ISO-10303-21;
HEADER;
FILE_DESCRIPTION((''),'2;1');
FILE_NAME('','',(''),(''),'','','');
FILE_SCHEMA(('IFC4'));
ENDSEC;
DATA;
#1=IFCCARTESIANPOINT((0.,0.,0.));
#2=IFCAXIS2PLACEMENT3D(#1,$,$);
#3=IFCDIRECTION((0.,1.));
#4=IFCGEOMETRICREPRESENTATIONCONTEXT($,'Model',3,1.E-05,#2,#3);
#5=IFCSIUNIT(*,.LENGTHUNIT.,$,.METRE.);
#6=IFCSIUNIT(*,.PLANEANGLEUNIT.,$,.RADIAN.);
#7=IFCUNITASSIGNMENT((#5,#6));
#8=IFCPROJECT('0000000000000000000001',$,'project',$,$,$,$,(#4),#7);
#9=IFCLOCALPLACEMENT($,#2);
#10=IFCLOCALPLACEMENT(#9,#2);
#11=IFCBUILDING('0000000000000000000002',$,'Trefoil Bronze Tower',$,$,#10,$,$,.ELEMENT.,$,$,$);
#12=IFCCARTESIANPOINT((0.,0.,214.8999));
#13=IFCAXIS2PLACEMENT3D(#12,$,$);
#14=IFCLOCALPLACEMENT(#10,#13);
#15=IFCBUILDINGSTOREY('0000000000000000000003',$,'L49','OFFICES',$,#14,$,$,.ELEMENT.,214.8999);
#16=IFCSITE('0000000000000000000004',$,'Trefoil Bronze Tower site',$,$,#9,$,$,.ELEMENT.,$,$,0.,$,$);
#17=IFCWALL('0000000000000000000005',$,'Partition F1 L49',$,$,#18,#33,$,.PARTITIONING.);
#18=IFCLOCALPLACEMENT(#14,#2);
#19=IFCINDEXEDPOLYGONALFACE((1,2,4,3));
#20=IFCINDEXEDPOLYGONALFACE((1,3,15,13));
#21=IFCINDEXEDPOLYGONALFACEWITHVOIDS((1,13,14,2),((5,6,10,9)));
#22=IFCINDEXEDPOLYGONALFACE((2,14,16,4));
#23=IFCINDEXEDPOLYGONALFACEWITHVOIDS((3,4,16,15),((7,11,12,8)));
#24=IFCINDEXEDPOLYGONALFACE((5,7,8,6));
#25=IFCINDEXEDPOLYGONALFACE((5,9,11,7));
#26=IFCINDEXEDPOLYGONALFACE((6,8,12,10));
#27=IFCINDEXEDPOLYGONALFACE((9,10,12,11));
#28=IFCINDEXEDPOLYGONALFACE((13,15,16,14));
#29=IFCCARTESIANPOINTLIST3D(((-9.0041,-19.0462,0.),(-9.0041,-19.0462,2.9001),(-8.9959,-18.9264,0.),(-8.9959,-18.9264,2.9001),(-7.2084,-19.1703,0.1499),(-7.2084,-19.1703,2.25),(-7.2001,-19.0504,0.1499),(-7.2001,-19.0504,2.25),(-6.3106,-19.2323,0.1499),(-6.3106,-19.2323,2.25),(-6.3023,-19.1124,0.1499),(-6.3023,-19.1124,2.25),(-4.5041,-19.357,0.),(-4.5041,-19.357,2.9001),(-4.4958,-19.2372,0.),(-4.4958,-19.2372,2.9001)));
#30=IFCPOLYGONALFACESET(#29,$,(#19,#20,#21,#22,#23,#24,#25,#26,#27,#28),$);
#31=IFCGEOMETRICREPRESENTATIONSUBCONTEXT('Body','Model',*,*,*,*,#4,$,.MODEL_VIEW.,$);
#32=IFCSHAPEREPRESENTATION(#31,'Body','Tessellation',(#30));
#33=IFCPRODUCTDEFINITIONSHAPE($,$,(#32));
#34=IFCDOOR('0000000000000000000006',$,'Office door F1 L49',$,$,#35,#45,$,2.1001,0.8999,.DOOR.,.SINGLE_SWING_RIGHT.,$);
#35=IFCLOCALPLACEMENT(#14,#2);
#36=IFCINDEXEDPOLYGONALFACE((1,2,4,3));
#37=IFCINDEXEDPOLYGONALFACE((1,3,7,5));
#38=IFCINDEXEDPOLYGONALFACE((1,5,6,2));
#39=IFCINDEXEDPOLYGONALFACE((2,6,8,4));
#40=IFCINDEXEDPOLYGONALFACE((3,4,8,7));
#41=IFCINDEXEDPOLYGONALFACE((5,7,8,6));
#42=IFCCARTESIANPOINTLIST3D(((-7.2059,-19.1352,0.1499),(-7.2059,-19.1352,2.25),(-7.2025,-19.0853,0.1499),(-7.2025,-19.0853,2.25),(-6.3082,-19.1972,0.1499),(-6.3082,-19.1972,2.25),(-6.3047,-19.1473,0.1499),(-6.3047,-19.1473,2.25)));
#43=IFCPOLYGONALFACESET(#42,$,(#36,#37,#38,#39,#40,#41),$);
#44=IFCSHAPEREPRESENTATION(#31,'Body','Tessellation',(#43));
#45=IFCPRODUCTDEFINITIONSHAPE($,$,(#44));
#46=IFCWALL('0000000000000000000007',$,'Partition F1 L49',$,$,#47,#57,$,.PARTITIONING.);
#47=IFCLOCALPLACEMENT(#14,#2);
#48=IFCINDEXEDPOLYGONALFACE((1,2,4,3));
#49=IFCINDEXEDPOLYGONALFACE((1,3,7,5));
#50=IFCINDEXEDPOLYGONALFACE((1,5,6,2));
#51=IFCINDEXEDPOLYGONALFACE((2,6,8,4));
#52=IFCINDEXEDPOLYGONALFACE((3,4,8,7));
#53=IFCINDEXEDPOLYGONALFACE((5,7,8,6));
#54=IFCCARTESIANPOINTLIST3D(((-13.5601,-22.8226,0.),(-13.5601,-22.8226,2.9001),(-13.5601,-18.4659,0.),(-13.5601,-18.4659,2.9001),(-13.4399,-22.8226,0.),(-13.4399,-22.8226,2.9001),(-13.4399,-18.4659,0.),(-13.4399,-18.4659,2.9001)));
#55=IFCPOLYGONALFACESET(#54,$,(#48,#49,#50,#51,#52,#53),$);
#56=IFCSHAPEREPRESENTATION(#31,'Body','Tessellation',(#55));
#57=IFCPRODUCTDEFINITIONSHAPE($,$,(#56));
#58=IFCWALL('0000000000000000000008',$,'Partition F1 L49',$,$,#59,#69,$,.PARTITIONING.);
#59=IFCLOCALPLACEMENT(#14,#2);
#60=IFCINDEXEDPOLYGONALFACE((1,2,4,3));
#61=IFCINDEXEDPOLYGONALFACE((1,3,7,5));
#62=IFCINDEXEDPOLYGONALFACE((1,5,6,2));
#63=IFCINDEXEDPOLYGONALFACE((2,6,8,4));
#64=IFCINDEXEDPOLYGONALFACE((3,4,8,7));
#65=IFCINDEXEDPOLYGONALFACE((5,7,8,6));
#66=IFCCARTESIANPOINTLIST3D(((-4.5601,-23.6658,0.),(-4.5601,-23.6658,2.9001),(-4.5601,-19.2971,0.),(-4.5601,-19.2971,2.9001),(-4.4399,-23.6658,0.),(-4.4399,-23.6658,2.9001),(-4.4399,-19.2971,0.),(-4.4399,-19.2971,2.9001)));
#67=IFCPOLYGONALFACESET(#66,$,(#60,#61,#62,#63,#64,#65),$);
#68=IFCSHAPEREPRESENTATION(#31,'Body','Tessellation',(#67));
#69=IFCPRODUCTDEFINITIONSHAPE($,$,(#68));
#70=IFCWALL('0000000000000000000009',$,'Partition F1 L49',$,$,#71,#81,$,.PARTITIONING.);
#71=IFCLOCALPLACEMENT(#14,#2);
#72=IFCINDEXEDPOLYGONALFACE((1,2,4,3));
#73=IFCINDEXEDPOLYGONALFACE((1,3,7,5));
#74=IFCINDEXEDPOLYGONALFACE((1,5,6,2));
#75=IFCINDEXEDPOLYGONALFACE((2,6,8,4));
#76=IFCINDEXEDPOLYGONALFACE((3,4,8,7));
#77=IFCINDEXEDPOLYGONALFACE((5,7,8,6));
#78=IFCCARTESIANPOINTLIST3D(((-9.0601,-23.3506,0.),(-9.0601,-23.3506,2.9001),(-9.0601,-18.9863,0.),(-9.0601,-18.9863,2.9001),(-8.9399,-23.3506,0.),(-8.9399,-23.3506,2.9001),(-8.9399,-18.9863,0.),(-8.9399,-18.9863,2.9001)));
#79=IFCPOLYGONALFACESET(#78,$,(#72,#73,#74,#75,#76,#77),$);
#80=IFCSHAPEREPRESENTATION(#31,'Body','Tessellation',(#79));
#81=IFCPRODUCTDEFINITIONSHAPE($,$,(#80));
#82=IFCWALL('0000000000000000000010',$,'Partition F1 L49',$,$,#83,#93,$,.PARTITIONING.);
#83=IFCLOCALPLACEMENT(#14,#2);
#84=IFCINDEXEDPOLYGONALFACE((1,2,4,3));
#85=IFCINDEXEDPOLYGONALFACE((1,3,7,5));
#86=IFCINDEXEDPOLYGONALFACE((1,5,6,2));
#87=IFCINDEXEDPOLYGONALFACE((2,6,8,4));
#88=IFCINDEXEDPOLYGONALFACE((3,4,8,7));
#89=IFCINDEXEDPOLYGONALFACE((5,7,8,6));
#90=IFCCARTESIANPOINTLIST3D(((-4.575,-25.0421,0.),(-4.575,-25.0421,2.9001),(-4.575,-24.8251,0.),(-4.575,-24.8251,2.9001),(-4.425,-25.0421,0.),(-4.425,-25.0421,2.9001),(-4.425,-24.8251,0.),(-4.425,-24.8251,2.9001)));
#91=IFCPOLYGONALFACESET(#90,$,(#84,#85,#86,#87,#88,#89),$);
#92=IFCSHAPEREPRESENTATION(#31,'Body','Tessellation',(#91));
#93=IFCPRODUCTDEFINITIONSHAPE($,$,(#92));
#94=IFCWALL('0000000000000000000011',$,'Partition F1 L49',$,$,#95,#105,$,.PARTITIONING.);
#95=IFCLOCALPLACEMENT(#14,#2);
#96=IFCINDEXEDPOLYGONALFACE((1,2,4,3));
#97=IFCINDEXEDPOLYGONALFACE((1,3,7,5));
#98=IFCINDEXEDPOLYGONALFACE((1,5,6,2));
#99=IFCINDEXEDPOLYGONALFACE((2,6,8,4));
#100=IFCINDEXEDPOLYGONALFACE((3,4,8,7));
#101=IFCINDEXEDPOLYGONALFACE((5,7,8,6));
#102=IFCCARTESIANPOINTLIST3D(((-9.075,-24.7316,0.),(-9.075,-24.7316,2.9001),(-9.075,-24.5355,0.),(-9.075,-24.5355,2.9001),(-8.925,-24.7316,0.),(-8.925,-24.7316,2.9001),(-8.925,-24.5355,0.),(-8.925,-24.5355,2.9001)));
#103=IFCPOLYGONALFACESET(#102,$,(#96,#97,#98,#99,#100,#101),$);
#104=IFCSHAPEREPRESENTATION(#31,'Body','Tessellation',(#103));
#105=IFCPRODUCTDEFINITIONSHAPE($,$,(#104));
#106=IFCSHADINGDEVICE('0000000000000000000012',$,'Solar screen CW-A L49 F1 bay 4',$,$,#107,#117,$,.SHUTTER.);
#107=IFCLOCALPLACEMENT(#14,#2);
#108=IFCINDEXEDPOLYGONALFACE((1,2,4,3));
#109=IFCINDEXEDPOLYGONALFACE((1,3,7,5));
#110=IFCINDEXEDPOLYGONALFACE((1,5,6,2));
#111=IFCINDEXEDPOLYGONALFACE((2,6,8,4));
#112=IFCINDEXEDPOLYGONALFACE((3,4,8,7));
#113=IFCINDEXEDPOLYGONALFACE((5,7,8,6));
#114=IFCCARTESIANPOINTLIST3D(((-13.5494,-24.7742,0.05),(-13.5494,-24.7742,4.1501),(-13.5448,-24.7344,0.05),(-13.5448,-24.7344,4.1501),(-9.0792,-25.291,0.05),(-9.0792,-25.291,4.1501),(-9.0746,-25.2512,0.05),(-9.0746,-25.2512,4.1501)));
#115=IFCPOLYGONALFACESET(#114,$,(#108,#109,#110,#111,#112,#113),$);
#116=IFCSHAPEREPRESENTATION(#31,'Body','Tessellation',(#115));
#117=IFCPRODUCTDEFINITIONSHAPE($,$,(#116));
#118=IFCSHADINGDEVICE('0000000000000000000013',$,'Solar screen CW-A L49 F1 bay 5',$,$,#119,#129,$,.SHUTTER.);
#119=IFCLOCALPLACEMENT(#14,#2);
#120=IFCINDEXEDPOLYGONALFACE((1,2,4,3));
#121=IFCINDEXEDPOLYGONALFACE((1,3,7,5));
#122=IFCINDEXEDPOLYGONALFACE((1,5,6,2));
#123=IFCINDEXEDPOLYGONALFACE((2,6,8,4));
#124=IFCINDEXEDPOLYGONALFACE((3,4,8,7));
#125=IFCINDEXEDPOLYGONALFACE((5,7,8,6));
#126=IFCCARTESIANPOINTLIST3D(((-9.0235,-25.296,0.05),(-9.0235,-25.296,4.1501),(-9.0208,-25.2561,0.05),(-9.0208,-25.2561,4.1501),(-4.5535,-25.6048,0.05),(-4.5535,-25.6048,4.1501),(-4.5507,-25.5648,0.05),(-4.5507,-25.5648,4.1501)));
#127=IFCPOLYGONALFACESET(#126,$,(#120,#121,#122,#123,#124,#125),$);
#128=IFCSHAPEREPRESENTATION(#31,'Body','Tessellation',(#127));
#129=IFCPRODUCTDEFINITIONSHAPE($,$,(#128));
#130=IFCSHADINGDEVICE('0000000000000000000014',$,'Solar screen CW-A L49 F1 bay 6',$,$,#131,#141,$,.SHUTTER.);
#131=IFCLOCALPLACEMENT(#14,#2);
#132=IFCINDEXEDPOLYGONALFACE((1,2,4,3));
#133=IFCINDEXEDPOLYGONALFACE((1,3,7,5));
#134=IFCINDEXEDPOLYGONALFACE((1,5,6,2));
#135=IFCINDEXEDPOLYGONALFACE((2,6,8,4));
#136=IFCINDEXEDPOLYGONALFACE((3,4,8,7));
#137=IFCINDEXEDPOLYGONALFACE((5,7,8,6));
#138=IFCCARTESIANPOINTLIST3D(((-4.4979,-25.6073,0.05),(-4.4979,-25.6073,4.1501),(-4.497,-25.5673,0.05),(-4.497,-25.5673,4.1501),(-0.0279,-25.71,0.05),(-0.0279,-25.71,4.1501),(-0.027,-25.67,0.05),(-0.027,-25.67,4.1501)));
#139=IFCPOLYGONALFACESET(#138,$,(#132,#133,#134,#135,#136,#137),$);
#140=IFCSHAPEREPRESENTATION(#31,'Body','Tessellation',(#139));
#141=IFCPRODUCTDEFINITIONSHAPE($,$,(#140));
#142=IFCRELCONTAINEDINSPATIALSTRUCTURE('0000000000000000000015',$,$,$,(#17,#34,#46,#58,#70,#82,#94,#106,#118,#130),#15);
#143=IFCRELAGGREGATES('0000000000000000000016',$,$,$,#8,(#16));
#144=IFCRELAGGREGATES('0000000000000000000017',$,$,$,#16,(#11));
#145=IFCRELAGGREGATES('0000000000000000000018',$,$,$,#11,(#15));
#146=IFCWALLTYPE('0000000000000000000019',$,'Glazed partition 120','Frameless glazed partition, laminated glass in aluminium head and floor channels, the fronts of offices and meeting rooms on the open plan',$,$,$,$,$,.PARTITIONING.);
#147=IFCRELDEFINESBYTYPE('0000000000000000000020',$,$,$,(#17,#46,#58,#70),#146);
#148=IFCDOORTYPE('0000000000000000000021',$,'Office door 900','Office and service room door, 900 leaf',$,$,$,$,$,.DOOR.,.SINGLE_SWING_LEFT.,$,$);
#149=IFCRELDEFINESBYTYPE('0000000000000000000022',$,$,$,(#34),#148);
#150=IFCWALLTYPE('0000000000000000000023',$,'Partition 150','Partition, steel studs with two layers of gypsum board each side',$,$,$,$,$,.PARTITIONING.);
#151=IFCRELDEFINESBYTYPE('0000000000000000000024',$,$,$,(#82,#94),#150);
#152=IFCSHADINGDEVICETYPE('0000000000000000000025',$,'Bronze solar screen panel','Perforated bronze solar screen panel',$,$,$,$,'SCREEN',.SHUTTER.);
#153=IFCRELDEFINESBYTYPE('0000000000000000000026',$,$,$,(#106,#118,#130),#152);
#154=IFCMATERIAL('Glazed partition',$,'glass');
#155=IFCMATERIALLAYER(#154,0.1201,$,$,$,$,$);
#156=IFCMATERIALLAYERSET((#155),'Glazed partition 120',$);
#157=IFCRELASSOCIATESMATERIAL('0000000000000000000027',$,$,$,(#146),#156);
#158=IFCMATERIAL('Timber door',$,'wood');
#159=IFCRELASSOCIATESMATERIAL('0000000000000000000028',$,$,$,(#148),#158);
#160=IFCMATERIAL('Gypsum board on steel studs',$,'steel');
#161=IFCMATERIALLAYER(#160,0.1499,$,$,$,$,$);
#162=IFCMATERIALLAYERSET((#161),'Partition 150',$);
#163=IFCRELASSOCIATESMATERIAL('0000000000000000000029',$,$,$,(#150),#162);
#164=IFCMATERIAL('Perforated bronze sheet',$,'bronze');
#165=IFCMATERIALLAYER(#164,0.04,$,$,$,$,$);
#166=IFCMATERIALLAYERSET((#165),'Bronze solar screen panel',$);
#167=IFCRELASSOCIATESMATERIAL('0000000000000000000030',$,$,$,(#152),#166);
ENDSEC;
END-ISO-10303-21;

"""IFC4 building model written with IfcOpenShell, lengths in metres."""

from ifc_helpers import new_model, si_unit, direction, frame, frame_2d, origin, origin_2d, place, context, subcontext, project, spatial, rectangle, extrude, material, layer, layer_set, type_object, element, fill, save


model = new_model("IFC4")

# Units and contexts
model_context = context("Model", 3, precision=1e-05, world=origin(), true_north=direction((0.0, 1.0)))
body_context = subcontext(model_context, "Body", "Model", "MODEL_VIEW")
ifc_project = project(units=[si_unit("LENGTHUNIT", "METRE"), si_unit("PLANEANGLEUNIT", "RADIAN")], contexts=[model_context])

# Site, building, storey
site_placement = place(None, origin())
site = spatial("IfcSite", under=ifc_project, at=site_placement, Name="Trefoil Bronze Tower site", CompositionType="ELEMENT", RefElevation=0.0)
building_placement = place(site_placement, origin())
building = spatial("IfcBuilding", under=site, at=building_placement, Name="Trefoil Bronze Tower", CompositionType="ELEMENT")
storey_placement = place(building_placement, frame((0.0, 0.0, 214.8999)))
storey = spatial("IfcBuildingStorey", under=building, at=storey_placement, Name="L49", Description="OFFICES", CompositionType="ELEMENT", Elevation=214.8999)

# Wall, opening, door
ifc_material_1 = material(Name="Glazed partition", Category="glass")
ifc_layer_1 = layer(ifc_material_1, 0.1201)
ifc_layer_set_1 = layer_set([ifc_layer_1], Name="Glazed partition 120")
wall_type_1 = type_object("IfcWallType", Name="Glazed partition 120", Description="Frameless glazed partition, laminated glass in aluminium head and floor channels, the fronts of offices and meeting rooms on the open plan", PredefinedType="PARTITIONING", material=ifc_layer_set_1)
ifc_material_2 = material(Name="Timber door", Category="wood")
door_type = type_object("IfcDoorType", Name="Office door 900", Description="Office and service room door, 900 leaf", OperationType="SINGLE_SWING_LEFT", PredefinedType="DOOR", material=ifc_material_2)
wall_1_placement = place(storey_placement, frame((-9.0, -18.9863, 0.0), z_axis=(0.0, 0.0, 1.0), x_axis=(0.997624, -0.068901, 0.0)))
wall_1 = element("IfcWall", 1, at=wall_1_placement, inside=storey, type_object=wall_type_1, Name="Partition F1 L49", PredefinedType="PARTITIONING", context=body_context, shape_type="SweptSolid", body=[
    extrude(rectangle(XDim=4.5107, YDim=0.1201, at=frame_2d((2.2554, 0.0))), origin(), (0.0, 0.0, 1.0), 2.9001),
])
opening_1_placement = place(wall_1_placement, frame((1.8, 0.0, 0.1499)))
opening_1 = element("IfcOpeningElement", 2, at=opening_1_placement, cuts=wall_1, PredefinedType="OPENING", context=body_context, shape_type="SweptSolid", body=[
    extrude(rectangle(XDim=0.8999, YDim=2.1001, at=frame_2d((0.45, 1.05))), frame((0.0, 0.0701, 0.0), z_axis=(0.0, -1.0, 0.0), x_axis=(1.0, 0.0, 0.0)), (0.0, 0.0, 1.0), 0.1401),
])
door_1_placement = place(opening_1_placement, frame((0.8999, 0.0, 0.0), z_axis=(0.0, 0.0, 1.0), x_axis=(-1.0, 0.0, 0.0)))
door_1 = element("IfcDoor", 3, at=door_1_placement, inside=storey, type_object=door_type, Name="Office door F1 L49", OperationType="SINGLE_SWING_RIGHT", OverallHeight=2.1001, OverallWidth=0.8999, PredefinedType="DOOR", context=body_context, shape_type="SweptSolid", body=[
    extrude(rectangle(XDim=0.8999, YDim=2.1001, at=frame_2d((0.45, 1.05))), frame((0.0, 0.0249, 0.0), z_axis=(0.0, -1.0, 0.0), x_axis=(1.0, 0.0, 0.0)), (0.0, 0.0, 1.0), 0.05),
])
fill(opening_1, door_1)

# Walls
wall_2_placement = place(storey_placement, frame((-13.5, -18.4661, 0.0), z_axis=(0.0, 0.0, 1.0), x_axis=(0.0, -1.0, 0.0)))
element("IfcWall", 4, at=wall_2_placement, inside=storey, type_object=wall_type_1, Name="Partition F1 L49", PredefinedType="PARTITIONING", context=body_context, shape_type="SweptSolid", body=[
    extrude(rectangle(XDim=4.3567, YDim=0.1201, at=frame_2d((2.1782, 0.0))), origin(), (0.0, 0.0, 1.0), 2.9001),
])
wall_3_placement = place(storey_placement, frame((-4.5, -19.2971, 0.0), z_axis=(0.0, 0.0, 1.0), x_axis=(0.0, -1.0, 0.0)))
element("IfcWall", 5, at=wall_3_placement, inside=storey, type_object=wall_type_1, Name="Partition F1 L49", PredefinedType="PARTITIONING", context=body_context, shape_type="SweptSolid", body=[
    extrude(rectangle(XDim=4.3687, YDim=0.1201, at=frame_2d((2.1843, 0.0))), origin(), (0.0, 0.0, 1.0), 2.9001),
])
wall_4_placement = place(storey_placement, frame((-9.0, -18.9863, 0.0), z_axis=(0.0, 0.0, 1.0), x_axis=(0.0, -1.0, 0.0)))
element("IfcWall", 6, at=wall_4_placement, inside=storey, type_object=wall_type_1, Name="Partition F1 L49", PredefinedType="PARTITIONING", context=body_context, shape_type="SweptSolid", body=[
    extrude(rectangle(XDim=4.3643, YDim=0.1201, at=frame_2d((2.1821, 0.0))), origin(), (0.0, 0.0, 1.0), 2.9001),
])
ifc_material_3 = material(Name="Gypsum board on steel studs", Category="steel")
ifc_layer_2 = layer(ifc_material_3, 0.1499)
ifc_layer_set_2 = layer_set([ifc_layer_2], Name="Partition 150")
wall_type_2 = type_object("IfcWallType", Name="Partition 150", Description="Partition, steel studs with two layers of gypsum board each side", PredefinedType="PARTITIONING", material=ifc_layer_set_2)
wall_5_placement = place(storey_placement, frame((-4.5, -24.8252, 0.0), z_axis=(0.0, 0.0, 1.0), x_axis=(0.0, -1.0, 0.0)))
element("IfcWall", 7, at=wall_5_placement, inside=storey, type_object=wall_type_2, Name="Partition F1 L49", PredefinedType="PARTITIONING", context=body_context, shape_type="SweptSolid", body=[
    extrude(rectangle(XDim=0.217, YDim=0.1499, at=frame_2d((0.1084, 0.0))), origin(), (0.0, 0.0, 1.0), 2.9001),
])
wall_6_placement = place(storey_placement, frame((-9.0, -24.5354, 0.0), z_axis=(0.0, 0.0, 1.0), x_axis=(0.0, -1.0, 0.0)))
element("IfcWall", 8, at=wall_6_placement, inside=storey, type_object=wall_type_2, Name="Partition F1 L49", PredefinedType="PARTITIONING", context=body_context, shape_type="SweptSolid", body=[
    extrude(rectangle(XDim=0.196, YDim=0.1499, at=frame_2d((0.0981, 0.0))), origin(), (0.0, 0.0, 1.0), 2.9001),
])

# Shading devices
ifc_material_4 = material(Name="Perforated bronze sheet", Category="bronze")
ifc_layer_3 = layer(ifc_material_4, 0.04)
ifc_layer_set_3 = layer_set([ifc_layer_3], Name="Bronze solar screen panel")
shading_device_type = type_object("IfcShadingDeviceType", Name="Bronze solar screen panel", Description="Perforated bronze solar screen panel", ElementType="SCREEN", PredefinedType="SHUTTER", material=ifc_layer_set_3)
shading_device_1_placement = place(storey_placement, frame((-11.312, -25.0127, 0.05), z_axis=(0.0, 0.0, 1.0), x_axis=(0.993382, -0.114859, 0.0)))
element("IfcShadingDevice", 9, at=shading_device_1_placement, inside=storey, type_object=shading_device_type, Name="Solar screen CW-A L49 F1 bay 4", PredefinedType="SHUTTER", context=body_context, shape_type="SweptSolid", body=[
    extrude(rectangle(XDim=4.5, YDim=0.04, at=origin_2d()), origin(), (0.0, 0.0, 1.0), 4.1001),
])
shading_device_2_placement = place(storey_placement, frame((-6.7871, -25.4304, 0.05), z_axis=(0.0, 0.0, 1.0), x_axis=(0.997623, -0.068915, 0.0)))
element("IfcShadingDevice", 10, at=shading_device_2_placement, inside=storey, type_object=shading_device_type, Name="Solar screen CW-A L49 F1 bay 5", PredefinedType="SHUTTER", context=body_context, shape_type="SweptSolid", body=[
    extrude(rectangle(XDim=4.4807, YDim=0.04, at=origin_2d()), origin(), (0.0, 0.0, 1.0), 4.1001),
])
shading_device_3_placement = place(storey_placement, frame((-2.2625, -25.6387, 0.05), z_axis=(0.0, 0.0, 1.0), x_axis=(0.999736, -0.022972, 0.0)))
element("IfcShadingDevice", 11, at=shading_device_3_placement, inside=storey, type_object=shading_device_type, Name="Solar screen CW-A L49 F1 bay 6", PredefinedType="SHUTTER", context=body_context, shape_type="SweptSolid", body=[
    extrude(rectangle(XDim=4.4712, YDim=0.04, at=origin_2d()), origin(), (0.0, 0.0, 1.0), 4.1001),
])

save(model, "model.ifc")
